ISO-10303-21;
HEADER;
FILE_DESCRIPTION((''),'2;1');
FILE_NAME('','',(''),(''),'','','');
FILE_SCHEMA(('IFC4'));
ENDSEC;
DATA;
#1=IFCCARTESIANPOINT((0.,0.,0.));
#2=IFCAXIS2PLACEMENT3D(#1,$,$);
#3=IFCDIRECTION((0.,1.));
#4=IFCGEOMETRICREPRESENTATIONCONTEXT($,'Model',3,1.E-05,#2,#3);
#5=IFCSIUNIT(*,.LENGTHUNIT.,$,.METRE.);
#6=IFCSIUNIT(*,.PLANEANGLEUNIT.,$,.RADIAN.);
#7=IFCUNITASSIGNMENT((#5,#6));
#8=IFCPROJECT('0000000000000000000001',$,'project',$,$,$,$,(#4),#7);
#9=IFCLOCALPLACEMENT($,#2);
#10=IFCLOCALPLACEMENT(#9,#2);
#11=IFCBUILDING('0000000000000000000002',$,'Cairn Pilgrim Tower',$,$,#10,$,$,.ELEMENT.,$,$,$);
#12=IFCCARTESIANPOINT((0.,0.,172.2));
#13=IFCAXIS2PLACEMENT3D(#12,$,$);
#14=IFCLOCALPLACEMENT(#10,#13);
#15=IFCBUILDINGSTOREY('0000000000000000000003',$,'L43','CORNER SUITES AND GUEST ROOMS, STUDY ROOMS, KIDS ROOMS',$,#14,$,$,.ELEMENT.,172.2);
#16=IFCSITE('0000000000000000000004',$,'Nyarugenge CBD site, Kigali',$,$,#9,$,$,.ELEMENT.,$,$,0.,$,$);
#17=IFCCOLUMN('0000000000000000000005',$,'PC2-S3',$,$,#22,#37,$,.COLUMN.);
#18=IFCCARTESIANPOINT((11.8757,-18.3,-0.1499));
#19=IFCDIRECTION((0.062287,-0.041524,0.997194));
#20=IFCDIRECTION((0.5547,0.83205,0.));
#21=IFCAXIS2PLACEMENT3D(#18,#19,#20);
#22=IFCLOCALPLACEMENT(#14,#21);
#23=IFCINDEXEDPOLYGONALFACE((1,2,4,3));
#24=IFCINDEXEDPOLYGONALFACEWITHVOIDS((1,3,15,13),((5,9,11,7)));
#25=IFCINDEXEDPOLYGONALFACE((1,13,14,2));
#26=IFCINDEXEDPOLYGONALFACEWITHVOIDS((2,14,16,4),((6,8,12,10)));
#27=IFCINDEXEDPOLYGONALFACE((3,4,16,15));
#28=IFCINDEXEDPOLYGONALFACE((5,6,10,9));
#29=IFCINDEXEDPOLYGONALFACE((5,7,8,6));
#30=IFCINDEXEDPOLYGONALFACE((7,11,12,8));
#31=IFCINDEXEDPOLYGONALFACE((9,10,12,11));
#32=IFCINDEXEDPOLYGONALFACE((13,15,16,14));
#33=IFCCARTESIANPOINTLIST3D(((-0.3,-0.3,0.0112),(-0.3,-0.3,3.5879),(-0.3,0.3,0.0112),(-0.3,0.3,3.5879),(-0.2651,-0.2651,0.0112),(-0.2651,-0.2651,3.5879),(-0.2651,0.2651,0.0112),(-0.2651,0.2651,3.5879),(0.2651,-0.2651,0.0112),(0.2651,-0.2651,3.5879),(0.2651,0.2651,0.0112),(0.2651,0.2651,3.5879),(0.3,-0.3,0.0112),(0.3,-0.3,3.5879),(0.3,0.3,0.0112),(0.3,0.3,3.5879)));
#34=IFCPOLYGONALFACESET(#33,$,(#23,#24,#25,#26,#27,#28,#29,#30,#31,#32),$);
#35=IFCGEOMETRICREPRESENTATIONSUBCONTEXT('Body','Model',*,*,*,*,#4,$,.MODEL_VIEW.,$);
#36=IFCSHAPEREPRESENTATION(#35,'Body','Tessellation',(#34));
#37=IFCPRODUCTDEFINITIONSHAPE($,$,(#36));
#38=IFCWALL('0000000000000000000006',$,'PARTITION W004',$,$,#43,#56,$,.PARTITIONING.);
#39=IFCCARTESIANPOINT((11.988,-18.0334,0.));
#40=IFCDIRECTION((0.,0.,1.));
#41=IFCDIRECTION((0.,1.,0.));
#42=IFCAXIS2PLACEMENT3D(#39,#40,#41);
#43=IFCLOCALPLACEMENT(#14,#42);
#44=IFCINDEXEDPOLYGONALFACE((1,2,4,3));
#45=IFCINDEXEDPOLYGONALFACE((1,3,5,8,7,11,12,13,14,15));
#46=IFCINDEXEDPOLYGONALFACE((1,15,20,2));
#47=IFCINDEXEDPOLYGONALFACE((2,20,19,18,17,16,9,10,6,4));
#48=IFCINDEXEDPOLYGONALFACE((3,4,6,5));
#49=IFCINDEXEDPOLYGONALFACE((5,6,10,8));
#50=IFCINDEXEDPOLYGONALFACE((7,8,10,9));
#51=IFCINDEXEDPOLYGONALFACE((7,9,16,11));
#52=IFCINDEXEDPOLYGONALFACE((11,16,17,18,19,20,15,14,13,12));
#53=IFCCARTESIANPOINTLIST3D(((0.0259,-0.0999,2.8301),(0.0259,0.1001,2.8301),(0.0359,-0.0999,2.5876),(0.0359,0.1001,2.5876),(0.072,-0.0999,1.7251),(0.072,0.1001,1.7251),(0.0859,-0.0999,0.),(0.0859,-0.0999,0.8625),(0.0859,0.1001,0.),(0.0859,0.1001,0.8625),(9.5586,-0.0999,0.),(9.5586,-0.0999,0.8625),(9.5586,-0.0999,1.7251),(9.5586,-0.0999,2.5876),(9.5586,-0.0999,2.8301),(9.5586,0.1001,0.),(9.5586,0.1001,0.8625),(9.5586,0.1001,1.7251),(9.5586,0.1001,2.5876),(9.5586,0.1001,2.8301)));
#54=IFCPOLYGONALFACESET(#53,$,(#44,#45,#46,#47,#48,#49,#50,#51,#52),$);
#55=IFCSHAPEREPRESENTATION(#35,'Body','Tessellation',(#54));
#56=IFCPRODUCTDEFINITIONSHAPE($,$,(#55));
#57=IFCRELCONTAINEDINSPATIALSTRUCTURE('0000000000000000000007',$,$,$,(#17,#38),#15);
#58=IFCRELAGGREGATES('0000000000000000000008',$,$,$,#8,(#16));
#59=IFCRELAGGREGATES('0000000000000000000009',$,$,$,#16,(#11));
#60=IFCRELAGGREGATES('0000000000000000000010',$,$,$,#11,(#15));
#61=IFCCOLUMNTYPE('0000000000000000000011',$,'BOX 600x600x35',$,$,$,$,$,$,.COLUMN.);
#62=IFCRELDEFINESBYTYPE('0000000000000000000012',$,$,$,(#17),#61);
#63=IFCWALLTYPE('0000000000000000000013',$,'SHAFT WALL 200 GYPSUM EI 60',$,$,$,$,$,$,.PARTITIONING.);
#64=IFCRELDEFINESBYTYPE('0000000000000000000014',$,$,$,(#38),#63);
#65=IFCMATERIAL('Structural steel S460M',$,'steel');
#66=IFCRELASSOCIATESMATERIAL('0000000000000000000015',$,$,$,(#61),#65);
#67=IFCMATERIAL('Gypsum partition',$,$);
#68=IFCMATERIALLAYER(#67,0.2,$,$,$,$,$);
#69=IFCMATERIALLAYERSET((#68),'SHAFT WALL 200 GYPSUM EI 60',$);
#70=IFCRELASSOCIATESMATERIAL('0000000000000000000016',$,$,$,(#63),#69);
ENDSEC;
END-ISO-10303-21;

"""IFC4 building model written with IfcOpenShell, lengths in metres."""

from ifc_helpers import new_model, si_unit, direction, frame, origin, origin_2d, place, context, subcontext, project, spatial, polyline, hollow_rectangle, outline, extrude, clip, halfspace, material, layer, layer_set, material_profile, profile_set, type_object, element, save


model = new_model("IFC4")

# Units and contexts
model_context = context("Model", 3, precision=1e-05, world=origin(), true_north=direction((0.0, 1.0)))
body_context = subcontext(model_context, "Body", "Model", "MODEL_VIEW")
ifc_project = project(units=[si_unit("LENGTHUNIT", "METRE"), si_unit("PLANEANGLEUNIT", "RADIAN")], contexts=[model_context])

# Site, building, storey
site_placement = place(None, origin())
site = spatial("IfcSite", under=ifc_project, at=site_placement, Name="Nyarugenge CBD site, Kigali", CompositionType="ELEMENT", RefElevation=0.0)
building_placement = place(site_placement, origin())
building = spatial("IfcBuilding", under=site, at=building_placement, Name="Cairn Pilgrim Tower", CompositionType="ELEMENT")
storey_placement = place(building_placement, frame((0.0, 0.0, 172.2)))
storey = spatial("IfcBuildingStorey", under=building, at=storey_placement, Name="L43", Description="CORNER SUITES AND GUEST ROOMS, STUDY ROOMS, KIDS ROOMS", CompositionType="ELEMENT", Elevation=172.2)

# Column
ifc_material_1 = material(Name="Structural steel S460M", Category="steel")
ifc_material_profile_1 = material_profile(ifc_material_1, hollow_rectangle(XDim=0.6001, YDim=0.6001, WallThickness=0.0349, at=origin_2d()), Name="BOX 600x600x35")
ifc_profile_set_1 = profile_set([ifc_material_profile_1], Name="Structural steel S460M")
column_type = type_object("IfcColumnType", Name="BOX 600x600x35", PredefinedType="COLUMN", material=ifc_profile_set_1)
column_placement = place(storey_placement, frame((11.8757, -18.3, -0.1499), z_axis=(0.062287, -0.041524, 0.997194), x_axis=(0.5547, 0.83205, 0.0)))
element("IfcColumn", 1, at=column_placement, inside=storey, type_object=column_type, Name="PC2-S3", PredefinedType="COLUMN", context=body_context, shape_type="Clipping", body=[
    clip(clip(extrude(hollow_rectangle(XDim=0.6001, YDim=0.6001, WallThickness=0.0349, at=origin_2d()), origin(), (0.0, 0.0, 1.0), 3.6099), halfspace(frame((0.0, 0.0, 0.0112), z_axis=(0.0, 0.0, 1.0), x_axis=(1.0, 0.0, 0.0)), True)), halfspace(frame((0.0, 0.0, 3.5879), z_axis=(0.0, 0.0, 1.0), x_axis=(1.0, 0.0, 0.0)), False)),
])

# Wall
ifc_material_2 = material(Name="Gypsum partition")
ifc_layer_1 = layer(ifc_material_2, 0.2)
ifc_layer_set_1 = layer_set([ifc_layer_1], Name="SHAFT WALL 200 GYPSUM EI 60")
wall_type_1 = type_object("IfcWallType", Name="SHAFT WALL 200 GYPSUM EI 60", PredefinedType="PARTITIONING", material=ifc_layer_set_1)
wall_1_placement = place(storey_placement, frame((11.988, -18.0334, 0.0), z_axis=(0.0, 0.0, 1.0), x_axis=(0.0, 1.0, 0.0)))
element("IfcWall", 2, at=wall_1_placement, inside=storey, type_object=wall_type_1, Name="PARTITION W004", PredefinedType="PARTITIONING", context=body_context, shape_type="SweptSolid", body=[
    extrude(outline(polyline([(0.0859, 0.0), (9.5586, 0.0), (9.5586, 0.8625), (9.5586, 1.7251), (9.5586, 2.5876), (9.5586, 2.8301), (0.0259, 2.8301), (0.0359, 2.5876), (0.072, 1.7251), (0.0859, 0.8625), (0.0859, 0.0)])), frame((0.0, 0.1001, 0.0), z_axis=(0.0, -1.0, 0.0), x_axis=(1.0, 0.0, 0.0)), (0.0, 0.0, 1.0), 0.2),
])

save(model, "model.ifc")
